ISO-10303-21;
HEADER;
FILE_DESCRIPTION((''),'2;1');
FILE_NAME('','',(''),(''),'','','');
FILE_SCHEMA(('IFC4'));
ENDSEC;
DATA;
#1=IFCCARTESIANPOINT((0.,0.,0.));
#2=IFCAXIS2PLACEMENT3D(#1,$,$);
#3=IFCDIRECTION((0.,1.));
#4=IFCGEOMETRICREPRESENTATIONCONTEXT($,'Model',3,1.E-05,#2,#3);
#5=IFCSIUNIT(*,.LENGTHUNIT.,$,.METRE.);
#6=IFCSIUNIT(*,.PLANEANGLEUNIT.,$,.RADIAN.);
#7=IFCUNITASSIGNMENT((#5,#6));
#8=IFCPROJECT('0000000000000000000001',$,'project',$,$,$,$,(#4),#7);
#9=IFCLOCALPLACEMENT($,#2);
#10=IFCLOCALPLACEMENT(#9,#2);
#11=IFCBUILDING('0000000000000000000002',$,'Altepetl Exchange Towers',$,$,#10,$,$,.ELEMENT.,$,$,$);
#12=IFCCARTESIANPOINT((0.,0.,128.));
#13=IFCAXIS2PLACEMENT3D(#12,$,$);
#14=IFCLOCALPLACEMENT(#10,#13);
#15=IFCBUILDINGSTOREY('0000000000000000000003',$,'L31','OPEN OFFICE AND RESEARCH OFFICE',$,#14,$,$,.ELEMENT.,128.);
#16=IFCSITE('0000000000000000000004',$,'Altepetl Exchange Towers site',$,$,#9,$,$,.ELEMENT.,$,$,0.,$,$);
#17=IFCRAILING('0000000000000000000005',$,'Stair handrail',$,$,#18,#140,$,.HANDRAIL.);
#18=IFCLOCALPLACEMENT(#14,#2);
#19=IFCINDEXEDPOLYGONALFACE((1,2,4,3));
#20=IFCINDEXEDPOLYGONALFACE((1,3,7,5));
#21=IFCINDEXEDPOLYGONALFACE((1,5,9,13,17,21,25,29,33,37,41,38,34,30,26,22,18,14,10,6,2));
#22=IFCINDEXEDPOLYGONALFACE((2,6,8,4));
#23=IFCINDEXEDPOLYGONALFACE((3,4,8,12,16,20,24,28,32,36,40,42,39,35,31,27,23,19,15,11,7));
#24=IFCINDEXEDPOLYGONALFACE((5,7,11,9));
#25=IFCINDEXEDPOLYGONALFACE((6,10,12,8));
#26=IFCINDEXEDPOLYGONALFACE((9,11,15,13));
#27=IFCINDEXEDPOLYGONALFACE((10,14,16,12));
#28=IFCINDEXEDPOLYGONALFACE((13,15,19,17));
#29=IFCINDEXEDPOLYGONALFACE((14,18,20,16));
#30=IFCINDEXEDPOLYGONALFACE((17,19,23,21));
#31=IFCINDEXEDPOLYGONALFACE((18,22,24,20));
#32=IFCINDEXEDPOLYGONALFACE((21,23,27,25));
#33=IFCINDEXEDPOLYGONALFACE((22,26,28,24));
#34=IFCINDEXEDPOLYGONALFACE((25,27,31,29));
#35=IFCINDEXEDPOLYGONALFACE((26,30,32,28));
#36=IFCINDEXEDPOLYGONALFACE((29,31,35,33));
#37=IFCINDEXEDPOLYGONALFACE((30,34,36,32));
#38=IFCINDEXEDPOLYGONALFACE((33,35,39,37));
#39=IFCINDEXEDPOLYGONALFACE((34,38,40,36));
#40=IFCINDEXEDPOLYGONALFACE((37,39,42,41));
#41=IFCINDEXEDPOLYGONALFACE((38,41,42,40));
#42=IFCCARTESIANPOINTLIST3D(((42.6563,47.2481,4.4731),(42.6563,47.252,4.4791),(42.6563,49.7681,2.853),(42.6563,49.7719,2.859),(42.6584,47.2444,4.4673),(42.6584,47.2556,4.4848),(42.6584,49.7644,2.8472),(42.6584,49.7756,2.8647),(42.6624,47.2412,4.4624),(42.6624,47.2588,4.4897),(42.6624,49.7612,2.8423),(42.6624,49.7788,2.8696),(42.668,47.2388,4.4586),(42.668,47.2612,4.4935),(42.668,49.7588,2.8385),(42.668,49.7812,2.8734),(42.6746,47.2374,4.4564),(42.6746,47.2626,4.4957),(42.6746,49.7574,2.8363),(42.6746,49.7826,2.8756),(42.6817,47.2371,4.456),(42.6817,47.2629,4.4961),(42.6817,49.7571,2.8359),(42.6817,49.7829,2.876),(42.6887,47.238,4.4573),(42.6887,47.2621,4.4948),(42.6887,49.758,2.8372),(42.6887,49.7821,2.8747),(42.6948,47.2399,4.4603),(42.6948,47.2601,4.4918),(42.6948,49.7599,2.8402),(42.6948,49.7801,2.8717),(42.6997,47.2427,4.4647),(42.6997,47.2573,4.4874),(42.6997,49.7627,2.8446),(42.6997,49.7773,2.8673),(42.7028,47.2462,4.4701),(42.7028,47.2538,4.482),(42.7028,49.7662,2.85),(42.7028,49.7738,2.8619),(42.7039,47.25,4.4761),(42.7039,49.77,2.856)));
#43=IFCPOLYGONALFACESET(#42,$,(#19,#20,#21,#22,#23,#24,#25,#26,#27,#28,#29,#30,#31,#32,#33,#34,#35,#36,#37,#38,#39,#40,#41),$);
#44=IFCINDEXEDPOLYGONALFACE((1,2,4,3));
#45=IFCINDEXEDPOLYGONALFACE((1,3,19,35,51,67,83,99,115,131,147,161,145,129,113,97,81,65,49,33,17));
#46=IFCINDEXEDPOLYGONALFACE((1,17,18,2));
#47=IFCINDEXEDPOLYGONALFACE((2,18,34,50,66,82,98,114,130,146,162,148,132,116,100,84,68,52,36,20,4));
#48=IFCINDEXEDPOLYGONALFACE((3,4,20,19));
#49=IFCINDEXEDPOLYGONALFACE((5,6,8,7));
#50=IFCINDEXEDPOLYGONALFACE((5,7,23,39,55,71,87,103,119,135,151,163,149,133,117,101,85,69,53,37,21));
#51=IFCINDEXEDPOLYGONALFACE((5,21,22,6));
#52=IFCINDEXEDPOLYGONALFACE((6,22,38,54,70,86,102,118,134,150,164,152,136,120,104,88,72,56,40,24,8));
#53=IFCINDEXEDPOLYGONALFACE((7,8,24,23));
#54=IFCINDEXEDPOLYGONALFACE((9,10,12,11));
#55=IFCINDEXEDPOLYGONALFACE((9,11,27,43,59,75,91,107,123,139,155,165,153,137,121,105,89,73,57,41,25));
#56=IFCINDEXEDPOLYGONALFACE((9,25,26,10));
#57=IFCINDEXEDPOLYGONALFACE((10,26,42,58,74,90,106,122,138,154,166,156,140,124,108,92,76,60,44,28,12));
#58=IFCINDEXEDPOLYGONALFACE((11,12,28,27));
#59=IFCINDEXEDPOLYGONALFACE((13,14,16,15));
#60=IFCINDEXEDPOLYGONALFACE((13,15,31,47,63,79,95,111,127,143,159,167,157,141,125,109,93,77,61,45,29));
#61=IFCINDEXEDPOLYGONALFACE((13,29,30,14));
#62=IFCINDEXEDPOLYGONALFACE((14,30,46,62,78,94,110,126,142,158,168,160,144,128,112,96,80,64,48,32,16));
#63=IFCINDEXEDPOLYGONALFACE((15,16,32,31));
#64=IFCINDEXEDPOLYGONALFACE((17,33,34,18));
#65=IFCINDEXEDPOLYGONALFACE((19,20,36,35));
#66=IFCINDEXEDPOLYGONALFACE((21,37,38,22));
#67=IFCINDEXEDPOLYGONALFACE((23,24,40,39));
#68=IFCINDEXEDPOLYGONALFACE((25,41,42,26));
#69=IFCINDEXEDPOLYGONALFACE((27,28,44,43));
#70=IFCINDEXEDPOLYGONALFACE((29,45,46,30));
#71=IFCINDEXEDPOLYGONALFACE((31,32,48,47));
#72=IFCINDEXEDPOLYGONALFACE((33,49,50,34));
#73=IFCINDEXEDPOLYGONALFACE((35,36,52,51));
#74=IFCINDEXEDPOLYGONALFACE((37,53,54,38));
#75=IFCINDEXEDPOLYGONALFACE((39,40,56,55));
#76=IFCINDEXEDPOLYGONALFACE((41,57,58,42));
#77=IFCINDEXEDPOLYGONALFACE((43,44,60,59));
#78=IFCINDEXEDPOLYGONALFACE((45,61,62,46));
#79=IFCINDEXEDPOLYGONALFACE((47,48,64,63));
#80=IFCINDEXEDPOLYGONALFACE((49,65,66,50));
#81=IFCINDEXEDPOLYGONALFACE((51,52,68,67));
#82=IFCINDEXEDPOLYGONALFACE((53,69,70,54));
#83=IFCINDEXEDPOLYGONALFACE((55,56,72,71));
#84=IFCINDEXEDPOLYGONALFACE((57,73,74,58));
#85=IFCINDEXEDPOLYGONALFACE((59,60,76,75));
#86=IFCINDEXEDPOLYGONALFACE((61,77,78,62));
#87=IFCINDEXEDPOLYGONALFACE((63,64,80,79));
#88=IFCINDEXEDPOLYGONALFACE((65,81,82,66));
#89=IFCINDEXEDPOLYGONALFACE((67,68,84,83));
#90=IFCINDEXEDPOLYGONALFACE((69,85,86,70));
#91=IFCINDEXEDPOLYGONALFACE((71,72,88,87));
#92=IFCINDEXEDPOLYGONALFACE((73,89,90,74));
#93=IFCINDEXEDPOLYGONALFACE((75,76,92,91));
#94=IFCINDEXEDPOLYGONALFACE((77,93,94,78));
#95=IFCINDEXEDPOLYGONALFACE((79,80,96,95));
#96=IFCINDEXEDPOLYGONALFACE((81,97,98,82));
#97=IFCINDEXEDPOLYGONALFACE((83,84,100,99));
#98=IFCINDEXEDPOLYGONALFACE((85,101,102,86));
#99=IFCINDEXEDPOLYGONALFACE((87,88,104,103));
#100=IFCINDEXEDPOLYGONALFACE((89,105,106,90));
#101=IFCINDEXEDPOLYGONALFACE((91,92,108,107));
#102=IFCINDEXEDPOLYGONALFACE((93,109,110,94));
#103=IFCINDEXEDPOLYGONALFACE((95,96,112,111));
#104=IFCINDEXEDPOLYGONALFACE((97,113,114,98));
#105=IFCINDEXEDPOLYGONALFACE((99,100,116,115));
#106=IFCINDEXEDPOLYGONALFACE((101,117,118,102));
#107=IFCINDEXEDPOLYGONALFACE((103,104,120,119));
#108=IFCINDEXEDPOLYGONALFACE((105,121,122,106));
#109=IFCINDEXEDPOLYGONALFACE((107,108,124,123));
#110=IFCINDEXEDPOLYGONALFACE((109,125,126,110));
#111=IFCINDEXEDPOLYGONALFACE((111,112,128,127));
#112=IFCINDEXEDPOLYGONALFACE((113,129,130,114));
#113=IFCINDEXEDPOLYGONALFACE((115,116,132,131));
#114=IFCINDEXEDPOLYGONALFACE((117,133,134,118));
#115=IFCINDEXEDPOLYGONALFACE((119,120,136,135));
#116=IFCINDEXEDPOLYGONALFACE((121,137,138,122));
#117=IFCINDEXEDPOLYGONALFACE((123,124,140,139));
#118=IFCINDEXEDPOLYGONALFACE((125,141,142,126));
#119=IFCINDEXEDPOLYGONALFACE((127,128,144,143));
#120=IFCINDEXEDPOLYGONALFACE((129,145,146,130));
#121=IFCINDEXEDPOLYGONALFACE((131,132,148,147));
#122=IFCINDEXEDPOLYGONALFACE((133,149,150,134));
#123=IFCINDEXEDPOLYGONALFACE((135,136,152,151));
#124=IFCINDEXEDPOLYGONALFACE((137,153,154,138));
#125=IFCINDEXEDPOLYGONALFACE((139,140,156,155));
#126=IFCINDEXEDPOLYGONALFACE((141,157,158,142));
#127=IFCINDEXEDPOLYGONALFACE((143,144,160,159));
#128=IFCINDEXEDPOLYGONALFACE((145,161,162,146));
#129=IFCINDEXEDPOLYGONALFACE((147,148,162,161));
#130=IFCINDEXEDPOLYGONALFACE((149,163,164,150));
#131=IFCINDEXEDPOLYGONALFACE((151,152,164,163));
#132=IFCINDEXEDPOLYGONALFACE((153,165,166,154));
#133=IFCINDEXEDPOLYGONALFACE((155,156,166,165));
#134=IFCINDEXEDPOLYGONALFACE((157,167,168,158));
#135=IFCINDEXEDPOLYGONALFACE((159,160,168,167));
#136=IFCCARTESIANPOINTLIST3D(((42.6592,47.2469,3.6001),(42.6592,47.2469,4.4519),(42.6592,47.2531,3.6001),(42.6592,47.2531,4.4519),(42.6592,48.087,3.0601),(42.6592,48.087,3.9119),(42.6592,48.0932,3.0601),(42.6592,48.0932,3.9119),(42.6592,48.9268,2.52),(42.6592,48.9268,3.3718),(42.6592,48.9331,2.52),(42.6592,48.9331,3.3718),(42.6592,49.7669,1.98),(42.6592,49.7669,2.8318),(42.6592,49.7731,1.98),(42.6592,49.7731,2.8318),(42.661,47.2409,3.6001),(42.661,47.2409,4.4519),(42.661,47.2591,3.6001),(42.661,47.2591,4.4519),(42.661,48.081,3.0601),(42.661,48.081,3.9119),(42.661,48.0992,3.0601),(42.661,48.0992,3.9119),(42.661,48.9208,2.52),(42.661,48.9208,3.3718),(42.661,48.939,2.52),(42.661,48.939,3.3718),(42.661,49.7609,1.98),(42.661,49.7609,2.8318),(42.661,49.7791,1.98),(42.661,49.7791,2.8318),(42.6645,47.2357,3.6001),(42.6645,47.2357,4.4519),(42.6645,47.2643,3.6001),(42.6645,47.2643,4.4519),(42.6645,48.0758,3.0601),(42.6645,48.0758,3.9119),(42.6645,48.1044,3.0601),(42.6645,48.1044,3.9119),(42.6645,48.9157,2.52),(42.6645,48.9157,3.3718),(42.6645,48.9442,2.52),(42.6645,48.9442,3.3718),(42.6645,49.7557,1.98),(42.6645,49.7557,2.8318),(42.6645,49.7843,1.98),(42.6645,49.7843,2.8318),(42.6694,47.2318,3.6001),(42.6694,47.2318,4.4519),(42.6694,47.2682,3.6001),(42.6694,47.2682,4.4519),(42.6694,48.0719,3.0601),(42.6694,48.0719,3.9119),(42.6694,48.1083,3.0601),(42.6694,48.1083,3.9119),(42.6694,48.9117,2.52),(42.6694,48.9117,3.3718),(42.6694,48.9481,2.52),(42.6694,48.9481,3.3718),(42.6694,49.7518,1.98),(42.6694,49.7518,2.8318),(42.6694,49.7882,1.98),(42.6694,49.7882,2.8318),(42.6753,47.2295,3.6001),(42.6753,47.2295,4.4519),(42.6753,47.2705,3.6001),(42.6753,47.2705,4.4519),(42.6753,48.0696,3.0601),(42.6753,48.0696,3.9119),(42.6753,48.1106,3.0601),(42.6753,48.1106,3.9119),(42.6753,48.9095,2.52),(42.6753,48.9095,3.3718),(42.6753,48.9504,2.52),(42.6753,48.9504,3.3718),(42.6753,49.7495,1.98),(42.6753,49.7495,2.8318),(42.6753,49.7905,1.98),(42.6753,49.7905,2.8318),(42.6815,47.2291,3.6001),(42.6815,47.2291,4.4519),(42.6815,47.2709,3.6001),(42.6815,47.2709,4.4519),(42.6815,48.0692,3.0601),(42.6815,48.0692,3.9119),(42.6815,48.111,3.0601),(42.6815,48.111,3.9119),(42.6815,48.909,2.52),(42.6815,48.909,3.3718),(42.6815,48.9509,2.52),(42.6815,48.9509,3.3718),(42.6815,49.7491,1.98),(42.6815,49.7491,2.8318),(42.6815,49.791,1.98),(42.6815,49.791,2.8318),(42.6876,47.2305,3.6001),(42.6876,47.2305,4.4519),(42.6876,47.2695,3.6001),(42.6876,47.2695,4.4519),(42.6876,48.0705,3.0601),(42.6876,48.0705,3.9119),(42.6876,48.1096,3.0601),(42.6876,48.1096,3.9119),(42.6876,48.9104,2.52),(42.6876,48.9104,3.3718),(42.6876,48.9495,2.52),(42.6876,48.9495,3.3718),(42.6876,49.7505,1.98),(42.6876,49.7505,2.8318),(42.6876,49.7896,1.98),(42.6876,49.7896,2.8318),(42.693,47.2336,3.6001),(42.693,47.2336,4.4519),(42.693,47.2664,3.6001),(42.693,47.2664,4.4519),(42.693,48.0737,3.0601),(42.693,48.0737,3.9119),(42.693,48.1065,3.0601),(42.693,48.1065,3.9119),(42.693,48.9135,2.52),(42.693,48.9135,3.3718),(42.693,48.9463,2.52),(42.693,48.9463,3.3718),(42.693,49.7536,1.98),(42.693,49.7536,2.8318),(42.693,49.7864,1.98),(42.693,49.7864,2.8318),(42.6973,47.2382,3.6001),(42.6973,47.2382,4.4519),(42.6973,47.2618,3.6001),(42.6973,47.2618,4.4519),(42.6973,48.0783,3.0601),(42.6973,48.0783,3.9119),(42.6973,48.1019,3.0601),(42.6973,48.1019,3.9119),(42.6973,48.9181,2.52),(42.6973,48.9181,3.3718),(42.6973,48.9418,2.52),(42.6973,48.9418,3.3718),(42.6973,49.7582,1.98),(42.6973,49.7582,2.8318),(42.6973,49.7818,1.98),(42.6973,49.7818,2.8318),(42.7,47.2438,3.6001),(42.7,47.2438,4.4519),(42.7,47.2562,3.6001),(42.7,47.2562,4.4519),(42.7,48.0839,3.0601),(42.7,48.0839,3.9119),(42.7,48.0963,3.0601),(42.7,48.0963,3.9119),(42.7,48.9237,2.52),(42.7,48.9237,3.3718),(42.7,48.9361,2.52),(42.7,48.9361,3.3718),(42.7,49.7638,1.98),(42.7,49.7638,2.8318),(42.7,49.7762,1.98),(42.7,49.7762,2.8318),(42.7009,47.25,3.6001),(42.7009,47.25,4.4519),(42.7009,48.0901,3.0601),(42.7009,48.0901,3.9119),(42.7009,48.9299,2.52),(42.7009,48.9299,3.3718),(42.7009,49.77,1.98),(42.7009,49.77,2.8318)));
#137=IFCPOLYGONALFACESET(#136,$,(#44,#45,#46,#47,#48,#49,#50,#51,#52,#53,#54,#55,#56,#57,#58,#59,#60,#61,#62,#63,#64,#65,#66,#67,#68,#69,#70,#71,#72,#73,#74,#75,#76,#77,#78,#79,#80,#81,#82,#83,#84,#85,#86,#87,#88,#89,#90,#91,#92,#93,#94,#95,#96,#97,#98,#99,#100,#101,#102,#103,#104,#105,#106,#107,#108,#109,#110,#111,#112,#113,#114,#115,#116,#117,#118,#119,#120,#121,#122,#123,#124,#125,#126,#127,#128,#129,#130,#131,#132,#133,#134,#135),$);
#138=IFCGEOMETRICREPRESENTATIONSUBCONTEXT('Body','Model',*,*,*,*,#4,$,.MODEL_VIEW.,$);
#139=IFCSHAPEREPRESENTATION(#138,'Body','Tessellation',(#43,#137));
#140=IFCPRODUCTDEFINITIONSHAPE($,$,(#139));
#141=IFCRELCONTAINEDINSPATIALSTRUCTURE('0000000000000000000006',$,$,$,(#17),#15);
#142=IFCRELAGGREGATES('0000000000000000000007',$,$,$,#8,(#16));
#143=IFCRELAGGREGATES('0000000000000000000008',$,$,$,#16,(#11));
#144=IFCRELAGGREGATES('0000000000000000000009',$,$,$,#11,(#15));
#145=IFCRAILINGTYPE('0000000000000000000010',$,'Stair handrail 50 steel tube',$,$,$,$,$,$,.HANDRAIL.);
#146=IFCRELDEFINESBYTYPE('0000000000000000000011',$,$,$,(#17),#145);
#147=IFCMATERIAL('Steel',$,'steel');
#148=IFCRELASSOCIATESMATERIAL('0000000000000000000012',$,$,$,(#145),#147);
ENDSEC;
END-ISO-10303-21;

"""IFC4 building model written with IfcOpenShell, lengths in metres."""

from ifc_helpers import new_model, si_unit, direction, frame, origin, origin_2d, place, context, subcontext, project, spatial, circle, extrude, source, transform, mapped, material, type_object, element, save


model = new_model("IFC4")

# Units and contexts
model_context = context("Model", 3, precision=1e-05, world=origin(), true_north=direction((0.0, 1.0)))
body_context = subcontext(model_context, "Body", "Model", "MODEL_VIEW")
ifc_project = project(units=[si_unit("LENGTHUNIT", "METRE"), si_unit("PLANEANGLEUNIT", "RADIAN")], contexts=[model_context])

# Site, building, storey
site_placement = place(None, origin())
site = spatial("IfcSite", under=ifc_project, at=site_placement, Name="Altepetl Exchange Towers site", CompositionType="ELEMENT", RefElevation=0.0)
building_placement = place(site_placement, origin())
building = spatial("IfcBuilding", under=site, at=building_placement, Name="Altepetl Exchange Towers", CompositionType="ELEMENT")
storey_placement = place(building_placement, frame((0.0, 0.0, 128.0)))
storey = spatial("IfcBuildingStorey", under=building, at=storey_placement, Name="L31", Description="OPEN OFFICE AND RESEARCH OFFICE", CompositionType="ELEMENT", Elevation=128.0)

# Railing
ifc_material_1 = material(Name="Steel", Category="steel")
railing_type = type_object("IfcRailingType", Name="Stair handrail 50 steel tube", PredefinedType="HANDRAIL", material=ifc_material_1)
shared_shape = source(origin(), body_context, "Body", "SweptSolid", [
    extrude(circle(Radius=0.021, at=origin_2d()), origin(), (0.0, 0.0, 1.0), 0.8518),
])
railing_1_placement = place(storey_placement, frame((42.6799, 49.77, 1.98)))
element("IfcRailing", 1, at=railing_1_placement, inside=storey, type_object=railing_type, Name="Stair handrail", PredefinedType="HANDRAIL", context=body_context, shape_type="SweptSolid", body=[
    extrude(circle(Radius=0.0239, at=origin_2d()), frame((0.0, 0.0, 0.876), z_axis=(0.0, -0.841163, 0.540782), x_axis=(1.0, 0.0, 0.0)), (0.0, 0.0, 1.0), 2.9958),
    mapped(shared_shape, transform((0.0, 0.0, 0.0))),
    mapped(shared_shape, transform((0.0, -0.8401, 0.54))),
    mapped(shared_shape, transform((0.0, -1.6799, 1.0801))),
    mapped(shared_shape, transform((0.0, -2.52, 1.6201))),
])

save(model, "model.ifc")
